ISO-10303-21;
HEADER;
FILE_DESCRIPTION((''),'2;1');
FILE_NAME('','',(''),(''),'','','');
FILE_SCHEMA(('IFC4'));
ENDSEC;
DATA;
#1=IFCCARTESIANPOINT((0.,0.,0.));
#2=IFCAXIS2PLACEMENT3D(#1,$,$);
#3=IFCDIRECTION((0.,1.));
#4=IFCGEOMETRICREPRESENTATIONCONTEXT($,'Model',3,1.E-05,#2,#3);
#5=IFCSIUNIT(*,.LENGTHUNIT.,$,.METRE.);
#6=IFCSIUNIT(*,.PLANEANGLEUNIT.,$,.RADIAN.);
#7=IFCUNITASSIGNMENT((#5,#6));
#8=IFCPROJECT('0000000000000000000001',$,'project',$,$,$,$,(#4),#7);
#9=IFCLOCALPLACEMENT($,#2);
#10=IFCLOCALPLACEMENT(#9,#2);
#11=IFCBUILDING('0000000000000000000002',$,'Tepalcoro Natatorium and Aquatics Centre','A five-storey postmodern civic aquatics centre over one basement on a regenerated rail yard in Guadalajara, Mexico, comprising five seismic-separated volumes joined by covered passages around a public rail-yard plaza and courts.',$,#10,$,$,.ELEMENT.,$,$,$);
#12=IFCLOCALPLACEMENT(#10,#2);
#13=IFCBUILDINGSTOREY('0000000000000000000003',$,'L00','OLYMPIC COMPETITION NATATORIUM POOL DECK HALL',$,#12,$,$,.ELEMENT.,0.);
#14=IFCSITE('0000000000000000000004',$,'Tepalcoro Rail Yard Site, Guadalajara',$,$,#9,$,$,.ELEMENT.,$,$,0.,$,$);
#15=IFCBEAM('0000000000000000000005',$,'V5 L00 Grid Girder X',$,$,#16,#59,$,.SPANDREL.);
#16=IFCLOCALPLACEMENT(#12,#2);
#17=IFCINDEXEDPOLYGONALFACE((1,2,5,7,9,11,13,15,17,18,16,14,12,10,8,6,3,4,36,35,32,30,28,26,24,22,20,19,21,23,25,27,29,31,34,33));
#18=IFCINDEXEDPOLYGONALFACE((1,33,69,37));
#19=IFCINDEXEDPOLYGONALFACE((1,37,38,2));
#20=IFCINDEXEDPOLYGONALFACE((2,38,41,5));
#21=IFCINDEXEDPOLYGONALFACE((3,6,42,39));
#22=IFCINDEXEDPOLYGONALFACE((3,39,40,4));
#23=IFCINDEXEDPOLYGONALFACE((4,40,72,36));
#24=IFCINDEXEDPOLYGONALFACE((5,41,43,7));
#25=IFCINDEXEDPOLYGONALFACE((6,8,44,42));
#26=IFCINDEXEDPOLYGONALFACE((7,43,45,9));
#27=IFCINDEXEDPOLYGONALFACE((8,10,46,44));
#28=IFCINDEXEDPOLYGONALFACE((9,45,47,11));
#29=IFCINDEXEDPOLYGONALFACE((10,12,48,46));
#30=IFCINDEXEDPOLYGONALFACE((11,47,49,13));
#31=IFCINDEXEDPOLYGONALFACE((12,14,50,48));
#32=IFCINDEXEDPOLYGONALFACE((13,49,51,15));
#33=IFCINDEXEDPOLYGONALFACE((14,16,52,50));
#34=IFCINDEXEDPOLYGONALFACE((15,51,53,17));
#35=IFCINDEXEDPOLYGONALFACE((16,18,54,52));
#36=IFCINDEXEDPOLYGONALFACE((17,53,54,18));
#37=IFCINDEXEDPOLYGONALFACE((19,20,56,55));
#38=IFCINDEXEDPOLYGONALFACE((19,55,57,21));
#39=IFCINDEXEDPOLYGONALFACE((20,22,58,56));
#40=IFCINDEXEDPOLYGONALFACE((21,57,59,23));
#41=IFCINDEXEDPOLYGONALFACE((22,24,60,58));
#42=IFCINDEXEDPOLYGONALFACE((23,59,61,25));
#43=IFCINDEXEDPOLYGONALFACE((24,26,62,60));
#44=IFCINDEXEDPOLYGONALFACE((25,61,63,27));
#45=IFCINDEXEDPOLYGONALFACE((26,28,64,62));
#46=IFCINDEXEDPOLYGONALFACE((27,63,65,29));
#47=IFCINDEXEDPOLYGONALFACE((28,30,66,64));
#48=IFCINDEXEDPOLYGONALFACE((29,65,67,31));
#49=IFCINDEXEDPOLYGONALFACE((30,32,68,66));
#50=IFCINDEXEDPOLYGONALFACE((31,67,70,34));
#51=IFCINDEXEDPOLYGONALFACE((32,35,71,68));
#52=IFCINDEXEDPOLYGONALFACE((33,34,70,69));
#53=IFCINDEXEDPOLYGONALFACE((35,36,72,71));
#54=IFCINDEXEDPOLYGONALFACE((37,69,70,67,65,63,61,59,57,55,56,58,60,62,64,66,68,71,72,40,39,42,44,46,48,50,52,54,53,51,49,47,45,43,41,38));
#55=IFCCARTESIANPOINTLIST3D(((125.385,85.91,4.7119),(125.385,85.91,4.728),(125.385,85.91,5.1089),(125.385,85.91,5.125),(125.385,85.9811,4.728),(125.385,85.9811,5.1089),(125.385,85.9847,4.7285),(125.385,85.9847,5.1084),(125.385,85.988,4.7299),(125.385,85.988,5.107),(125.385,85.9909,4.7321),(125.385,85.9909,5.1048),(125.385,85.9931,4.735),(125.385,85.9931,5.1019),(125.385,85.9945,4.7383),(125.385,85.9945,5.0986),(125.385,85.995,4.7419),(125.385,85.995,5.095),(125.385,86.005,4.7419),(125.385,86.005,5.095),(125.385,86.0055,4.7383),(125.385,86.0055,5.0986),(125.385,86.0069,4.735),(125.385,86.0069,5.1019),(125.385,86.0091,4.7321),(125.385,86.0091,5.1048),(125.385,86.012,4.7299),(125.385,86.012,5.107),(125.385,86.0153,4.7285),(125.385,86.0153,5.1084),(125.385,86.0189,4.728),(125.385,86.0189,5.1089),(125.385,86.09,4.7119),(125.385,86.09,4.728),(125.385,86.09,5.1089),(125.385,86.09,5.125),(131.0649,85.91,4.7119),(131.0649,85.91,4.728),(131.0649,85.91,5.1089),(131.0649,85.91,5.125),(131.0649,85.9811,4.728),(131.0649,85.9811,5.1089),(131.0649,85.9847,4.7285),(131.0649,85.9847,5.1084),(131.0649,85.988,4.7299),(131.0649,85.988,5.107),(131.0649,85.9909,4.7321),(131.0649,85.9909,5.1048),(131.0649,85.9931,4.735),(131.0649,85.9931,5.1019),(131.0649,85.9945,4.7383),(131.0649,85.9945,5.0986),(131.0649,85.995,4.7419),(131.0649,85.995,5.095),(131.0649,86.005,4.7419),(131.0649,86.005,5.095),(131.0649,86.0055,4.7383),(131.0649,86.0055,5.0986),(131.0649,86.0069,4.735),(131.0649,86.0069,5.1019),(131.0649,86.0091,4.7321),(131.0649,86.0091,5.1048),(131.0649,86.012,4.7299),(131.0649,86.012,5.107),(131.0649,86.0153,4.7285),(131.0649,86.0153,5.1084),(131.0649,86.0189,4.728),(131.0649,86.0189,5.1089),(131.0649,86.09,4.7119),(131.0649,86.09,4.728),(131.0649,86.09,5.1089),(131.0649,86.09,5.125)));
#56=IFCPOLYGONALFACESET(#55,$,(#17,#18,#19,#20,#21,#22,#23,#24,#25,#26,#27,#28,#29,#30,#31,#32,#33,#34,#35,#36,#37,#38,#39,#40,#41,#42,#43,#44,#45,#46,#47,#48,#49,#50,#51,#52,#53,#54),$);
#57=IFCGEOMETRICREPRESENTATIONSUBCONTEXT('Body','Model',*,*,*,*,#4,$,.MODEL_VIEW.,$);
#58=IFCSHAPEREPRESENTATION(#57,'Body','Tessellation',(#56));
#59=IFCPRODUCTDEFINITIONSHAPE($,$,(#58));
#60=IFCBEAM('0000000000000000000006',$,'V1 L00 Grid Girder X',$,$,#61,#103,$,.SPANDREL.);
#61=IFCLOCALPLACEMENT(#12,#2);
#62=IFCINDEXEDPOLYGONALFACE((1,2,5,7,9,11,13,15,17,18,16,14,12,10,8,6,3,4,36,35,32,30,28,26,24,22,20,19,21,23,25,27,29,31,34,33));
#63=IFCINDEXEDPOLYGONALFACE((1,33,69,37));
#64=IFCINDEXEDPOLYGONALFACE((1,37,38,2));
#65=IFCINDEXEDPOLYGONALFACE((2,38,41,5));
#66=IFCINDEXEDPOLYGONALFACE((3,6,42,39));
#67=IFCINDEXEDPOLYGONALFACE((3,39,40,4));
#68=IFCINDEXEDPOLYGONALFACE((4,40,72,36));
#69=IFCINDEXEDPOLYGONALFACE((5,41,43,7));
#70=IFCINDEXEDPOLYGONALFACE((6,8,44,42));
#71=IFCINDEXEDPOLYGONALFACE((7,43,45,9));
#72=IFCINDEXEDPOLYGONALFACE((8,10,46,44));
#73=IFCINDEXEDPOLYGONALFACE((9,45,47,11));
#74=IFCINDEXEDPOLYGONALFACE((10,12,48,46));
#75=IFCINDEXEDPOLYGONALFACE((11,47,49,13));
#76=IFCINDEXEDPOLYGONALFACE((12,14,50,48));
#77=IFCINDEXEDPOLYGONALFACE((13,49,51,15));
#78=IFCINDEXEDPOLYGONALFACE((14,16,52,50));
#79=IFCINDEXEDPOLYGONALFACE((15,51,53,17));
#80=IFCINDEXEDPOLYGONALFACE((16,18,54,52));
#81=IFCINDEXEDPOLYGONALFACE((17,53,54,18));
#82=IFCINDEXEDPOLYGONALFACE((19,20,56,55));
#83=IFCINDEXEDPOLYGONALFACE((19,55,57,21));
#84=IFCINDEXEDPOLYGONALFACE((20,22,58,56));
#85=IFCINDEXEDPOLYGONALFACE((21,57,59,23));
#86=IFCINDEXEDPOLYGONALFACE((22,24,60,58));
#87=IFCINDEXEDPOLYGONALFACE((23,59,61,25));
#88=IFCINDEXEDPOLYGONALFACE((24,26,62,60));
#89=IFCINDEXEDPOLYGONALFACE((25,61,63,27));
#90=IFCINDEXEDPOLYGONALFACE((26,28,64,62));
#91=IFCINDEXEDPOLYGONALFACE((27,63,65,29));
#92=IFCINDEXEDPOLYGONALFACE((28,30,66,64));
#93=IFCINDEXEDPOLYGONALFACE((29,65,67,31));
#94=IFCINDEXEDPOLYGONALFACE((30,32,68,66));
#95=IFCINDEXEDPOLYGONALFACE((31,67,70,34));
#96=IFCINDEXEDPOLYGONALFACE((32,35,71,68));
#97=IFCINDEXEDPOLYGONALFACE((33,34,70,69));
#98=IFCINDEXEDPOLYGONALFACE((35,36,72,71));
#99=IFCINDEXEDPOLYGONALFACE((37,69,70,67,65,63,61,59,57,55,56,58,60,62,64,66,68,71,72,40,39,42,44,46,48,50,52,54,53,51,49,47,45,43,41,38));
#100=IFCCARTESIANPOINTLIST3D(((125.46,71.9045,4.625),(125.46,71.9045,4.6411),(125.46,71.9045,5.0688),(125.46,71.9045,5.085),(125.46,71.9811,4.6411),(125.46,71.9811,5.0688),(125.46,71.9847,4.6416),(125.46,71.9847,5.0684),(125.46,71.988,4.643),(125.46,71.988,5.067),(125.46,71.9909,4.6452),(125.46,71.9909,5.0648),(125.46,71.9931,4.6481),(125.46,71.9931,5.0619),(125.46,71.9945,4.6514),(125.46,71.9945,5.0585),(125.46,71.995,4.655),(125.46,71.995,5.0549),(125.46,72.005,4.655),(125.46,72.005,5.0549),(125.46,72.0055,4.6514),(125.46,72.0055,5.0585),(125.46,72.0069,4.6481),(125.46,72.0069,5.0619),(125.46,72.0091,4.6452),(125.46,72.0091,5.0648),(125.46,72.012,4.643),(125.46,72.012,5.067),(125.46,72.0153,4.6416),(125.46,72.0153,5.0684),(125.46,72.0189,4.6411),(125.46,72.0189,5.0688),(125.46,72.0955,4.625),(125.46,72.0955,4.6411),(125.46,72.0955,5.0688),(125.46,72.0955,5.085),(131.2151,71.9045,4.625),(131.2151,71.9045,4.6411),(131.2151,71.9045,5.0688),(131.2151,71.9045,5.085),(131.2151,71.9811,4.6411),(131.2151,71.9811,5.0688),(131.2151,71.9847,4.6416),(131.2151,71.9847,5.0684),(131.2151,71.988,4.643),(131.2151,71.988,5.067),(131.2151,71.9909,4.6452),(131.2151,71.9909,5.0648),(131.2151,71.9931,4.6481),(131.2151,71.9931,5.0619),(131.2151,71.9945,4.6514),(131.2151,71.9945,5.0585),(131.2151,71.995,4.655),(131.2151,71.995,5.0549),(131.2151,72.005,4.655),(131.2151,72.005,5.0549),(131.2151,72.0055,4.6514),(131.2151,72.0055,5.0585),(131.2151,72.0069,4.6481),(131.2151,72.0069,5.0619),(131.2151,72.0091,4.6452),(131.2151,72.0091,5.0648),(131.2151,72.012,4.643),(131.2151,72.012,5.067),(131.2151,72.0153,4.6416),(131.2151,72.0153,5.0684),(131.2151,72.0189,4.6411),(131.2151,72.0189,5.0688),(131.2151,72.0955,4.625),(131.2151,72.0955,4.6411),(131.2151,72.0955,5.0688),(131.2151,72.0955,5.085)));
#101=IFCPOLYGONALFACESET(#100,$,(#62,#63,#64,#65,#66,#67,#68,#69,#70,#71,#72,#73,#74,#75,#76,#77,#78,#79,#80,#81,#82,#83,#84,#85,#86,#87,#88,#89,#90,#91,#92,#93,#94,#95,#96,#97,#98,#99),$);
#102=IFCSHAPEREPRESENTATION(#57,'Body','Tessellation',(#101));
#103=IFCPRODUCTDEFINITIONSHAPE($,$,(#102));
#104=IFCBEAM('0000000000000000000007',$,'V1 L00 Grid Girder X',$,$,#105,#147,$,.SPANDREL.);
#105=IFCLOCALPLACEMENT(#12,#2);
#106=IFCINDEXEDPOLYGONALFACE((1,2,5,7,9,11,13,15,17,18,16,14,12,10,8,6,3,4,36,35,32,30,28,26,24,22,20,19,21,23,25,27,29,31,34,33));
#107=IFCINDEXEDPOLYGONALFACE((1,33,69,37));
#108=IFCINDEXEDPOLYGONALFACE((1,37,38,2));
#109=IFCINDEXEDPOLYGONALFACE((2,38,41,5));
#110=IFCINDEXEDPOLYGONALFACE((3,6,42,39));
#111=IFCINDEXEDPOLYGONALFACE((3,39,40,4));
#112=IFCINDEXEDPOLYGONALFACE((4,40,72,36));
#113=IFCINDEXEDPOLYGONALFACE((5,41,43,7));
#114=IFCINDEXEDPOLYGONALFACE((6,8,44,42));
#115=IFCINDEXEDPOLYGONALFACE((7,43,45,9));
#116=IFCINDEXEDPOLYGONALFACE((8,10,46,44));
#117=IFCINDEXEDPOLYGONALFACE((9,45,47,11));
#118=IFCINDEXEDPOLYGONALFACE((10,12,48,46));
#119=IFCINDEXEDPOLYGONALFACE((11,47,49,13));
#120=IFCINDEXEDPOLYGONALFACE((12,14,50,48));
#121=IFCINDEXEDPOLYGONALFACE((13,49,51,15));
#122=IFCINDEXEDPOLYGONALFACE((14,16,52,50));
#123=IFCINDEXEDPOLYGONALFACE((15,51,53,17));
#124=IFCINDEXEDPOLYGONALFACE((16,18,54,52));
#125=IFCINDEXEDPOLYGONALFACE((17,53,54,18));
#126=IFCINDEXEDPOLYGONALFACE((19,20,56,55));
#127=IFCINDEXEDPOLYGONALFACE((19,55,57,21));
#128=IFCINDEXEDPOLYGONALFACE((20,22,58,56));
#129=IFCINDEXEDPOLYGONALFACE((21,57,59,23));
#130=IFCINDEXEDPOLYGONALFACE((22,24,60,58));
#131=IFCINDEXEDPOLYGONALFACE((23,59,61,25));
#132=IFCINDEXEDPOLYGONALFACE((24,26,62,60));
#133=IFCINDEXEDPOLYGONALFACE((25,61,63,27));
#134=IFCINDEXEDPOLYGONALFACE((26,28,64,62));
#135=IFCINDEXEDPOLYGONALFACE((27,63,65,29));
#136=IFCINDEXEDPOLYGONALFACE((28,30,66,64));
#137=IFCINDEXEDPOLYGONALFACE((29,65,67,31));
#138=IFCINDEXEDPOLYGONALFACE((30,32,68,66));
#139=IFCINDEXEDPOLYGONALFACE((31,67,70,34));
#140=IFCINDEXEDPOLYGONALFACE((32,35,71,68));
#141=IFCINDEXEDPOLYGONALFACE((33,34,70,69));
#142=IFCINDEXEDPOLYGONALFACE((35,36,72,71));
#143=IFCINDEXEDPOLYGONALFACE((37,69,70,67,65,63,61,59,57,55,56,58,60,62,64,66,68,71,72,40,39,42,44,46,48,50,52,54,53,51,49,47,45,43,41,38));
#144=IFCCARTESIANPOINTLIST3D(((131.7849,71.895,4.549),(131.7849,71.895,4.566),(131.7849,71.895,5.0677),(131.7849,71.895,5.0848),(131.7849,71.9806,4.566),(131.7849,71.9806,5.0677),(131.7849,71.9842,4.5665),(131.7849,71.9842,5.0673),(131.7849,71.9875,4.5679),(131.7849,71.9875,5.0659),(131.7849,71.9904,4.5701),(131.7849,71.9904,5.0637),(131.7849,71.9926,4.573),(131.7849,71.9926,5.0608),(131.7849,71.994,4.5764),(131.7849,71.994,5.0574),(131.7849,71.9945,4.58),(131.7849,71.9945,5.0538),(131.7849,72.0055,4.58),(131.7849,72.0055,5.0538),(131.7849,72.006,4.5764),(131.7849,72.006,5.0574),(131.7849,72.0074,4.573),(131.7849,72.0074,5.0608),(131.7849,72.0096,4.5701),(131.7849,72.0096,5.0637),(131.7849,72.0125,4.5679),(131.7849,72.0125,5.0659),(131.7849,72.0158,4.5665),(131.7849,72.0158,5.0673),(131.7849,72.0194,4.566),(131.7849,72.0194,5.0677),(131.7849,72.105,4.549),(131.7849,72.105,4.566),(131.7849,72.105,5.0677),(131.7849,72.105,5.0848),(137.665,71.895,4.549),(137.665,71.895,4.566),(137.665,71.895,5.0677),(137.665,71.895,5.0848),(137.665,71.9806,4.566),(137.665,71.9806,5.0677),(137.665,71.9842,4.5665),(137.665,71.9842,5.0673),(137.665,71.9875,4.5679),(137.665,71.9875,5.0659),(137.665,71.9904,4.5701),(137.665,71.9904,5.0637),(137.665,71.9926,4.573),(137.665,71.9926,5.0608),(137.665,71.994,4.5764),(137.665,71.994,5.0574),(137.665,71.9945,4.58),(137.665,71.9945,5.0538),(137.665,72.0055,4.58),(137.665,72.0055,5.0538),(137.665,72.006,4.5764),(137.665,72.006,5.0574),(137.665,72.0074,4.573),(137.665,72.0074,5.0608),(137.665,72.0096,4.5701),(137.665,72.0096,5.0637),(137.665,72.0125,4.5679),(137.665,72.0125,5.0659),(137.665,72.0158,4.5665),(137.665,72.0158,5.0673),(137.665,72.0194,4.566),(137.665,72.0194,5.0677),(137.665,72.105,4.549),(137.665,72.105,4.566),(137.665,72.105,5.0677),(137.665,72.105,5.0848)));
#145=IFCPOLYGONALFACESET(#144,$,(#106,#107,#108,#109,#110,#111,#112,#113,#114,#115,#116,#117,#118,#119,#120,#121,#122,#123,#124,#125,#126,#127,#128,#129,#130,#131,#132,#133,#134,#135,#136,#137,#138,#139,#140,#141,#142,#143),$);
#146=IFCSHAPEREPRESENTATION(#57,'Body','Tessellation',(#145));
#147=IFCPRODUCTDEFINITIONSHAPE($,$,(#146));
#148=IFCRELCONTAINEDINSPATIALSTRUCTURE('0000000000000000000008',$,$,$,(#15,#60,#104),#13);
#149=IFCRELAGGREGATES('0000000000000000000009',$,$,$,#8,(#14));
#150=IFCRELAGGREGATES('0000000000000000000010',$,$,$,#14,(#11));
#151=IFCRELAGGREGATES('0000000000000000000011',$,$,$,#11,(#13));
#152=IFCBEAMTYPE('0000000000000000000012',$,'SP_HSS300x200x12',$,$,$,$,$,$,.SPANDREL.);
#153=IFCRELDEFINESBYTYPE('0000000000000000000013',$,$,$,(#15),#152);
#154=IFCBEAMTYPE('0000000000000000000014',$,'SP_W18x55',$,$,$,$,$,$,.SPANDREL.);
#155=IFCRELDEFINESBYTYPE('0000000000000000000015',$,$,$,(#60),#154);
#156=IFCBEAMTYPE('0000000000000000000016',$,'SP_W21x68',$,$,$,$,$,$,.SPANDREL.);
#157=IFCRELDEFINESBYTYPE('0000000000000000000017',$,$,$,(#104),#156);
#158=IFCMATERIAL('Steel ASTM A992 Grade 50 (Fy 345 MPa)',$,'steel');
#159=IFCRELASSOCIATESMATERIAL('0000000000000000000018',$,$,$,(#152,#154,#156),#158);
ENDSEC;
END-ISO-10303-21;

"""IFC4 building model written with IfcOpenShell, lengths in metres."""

from ifc_helpers import new_model, si_unit, direction, frame, origin, origin_2d, place, context, subcontext, project, spatial, i_section, extrude, material, material_profile, profile_set, type_object, element, save


model = new_model("IFC4")

# Units and contexts
model_context = context("Model", 3, precision=1e-05, world=origin(), true_north=direction((0.0, 1.0)))
body_context = subcontext(model_context, "Body", "Model", "MODEL_VIEW")
ifc_project = project(units=[si_unit("LENGTHUNIT", "METRE"), si_unit("PLANEANGLEUNIT", "RADIAN")], contexts=[model_context])

# Site, building, storey
site_placement = place(None, origin())
site = spatial("IfcSite", under=ifc_project, at=site_placement, Name="Tepalcoro Rail Yard Site, Guadalajara", CompositionType="ELEMENT", RefElevation=0.0)
building_placement = place(site_placement, origin())
building = spatial("IfcBuilding", under=site, at=building_placement, Name="Tepalcoro Natatorium and Aquatics Centre", Description="A five-storey postmodern civic aquatics centre over one basement on a regenerated rail yard in Guadalajara, Mexico, comprising five seismic-separated volumes joined by covered passages around a public rail-yard plaza and courts.", CompositionType="ELEMENT")
storey_placement = place(building_placement, origin())
storey = spatial("IfcBuildingStorey", under=building, at=storey_placement, Name="L00", Description="OLYMPIC COMPETITION NATATORIUM POOL DECK HALL", CompositionType="ELEMENT", Elevation=0.0)

# Shared definitions
ifc_material_1 = material(Name="Steel ASTM A992 Grade 50 (Fy 345 MPa)", Category="steel")

# Beams
ifc_material_profile_1 = material_profile(ifc_material_1, i_section(OverallWidth=0.1799, OverallDepth=0.4131, WebThickness=0.01, FlangeThickness=0.0161, FilletRadius=0.0139, at=origin_2d()), Name="W16X50")
ifc_profile_set_1 = profile_set([ifc_material_profile_1], Name="Steel ASTM A992 Grade 50 (Fy 345 MPa)")
beam_type_1 = type_object("IfcBeamType", Name="SP_HSS300x200x12", PredefinedType="SPANDREL", material=ifc_profile_set_1)
beam_1_placement = place(storey_placement, frame((125.385, 86.0, 4.9185), z_axis=(1.0, 0.0, 0.0), x_axis=(0.0, 1.0, 0.0)))
element("IfcBeam", 1, at=beam_1_placement, inside=storey, type_object=beam_type_1, Name="V5 L00 Grid Girder X", PredefinedType="SPANDREL", context=body_context, shape_type="SweptSolid", body=[
    extrude(i_section(OverallWidth=0.1799, OverallDepth=0.4131, WebThickness=0.01, FlangeThickness=0.0161, FilletRadius=0.0139, at=origin_2d()), origin(), (0.0, 0.0, 1.0), 5.6799),
])
ifc_material_profile_2 = material_profile(ifc_material_1, i_section(OverallWidth=0.1909, OverallDepth=0.46, WebThickness=0.01, FlangeThickness=0.0161, FilletRadius=0.0139, at=origin_2d()), Name="W18X55")
ifc_profile_set_2 = profile_set([ifc_material_profile_2], Name="Steel ASTM A992 Grade 50 (Fy 345 MPa)")
beam_type_2 = type_object("IfcBeamType", Name="SP_W18x55", PredefinedType="SPANDREL", material=ifc_profile_set_2)
beam_2_placement = place(storey_placement, frame((125.46, 72.0, 4.855), z_axis=(1.0, 0.0, 0.0), x_axis=(0.0, 1.0, 0.0)))
element("IfcBeam", 2, at=beam_2_placement, inside=storey, type_object=beam_type_2, Name="V1 L00 Grid Girder X", PredefinedType="SPANDREL", context=body_context, shape_type="SweptSolid", body=[
    extrude(i_section(OverallWidth=0.1909, OverallDepth=0.46, WebThickness=0.01, FlangeThickness=0.0161, FilletRadius=0.0139, at=origin_2d()), origin(), (0.0, 0.0, 1.0), 5.7551),
])
ifc_material_profile_3 = material_profile(ifc_material_1, i_section(OverallWidth=0.21, OverallDepth=0.5359, WebThickness=0.011, FlangeThickness=0.0171, FilletRadius=0.0139, at=origin_2d()), Name="W21X68")
ifc_profile_set_3 = profile_set([ifc_material_profile_3], Name="Steel ASTM A992 Grade 50 (Fy 345 MPa)")
beam_type_3 = type_object("IfcBeamType", Name="SP_W21x68", PredefinedType="SPANDREL", material=ifc_profile_set_3)
beam_3_placement = place(storey_placement, frame((131.7849, 72.0, 4.8169), z_axis=(1.0, 0.0, 0.0), x_axis=(0.0, 1.0, 0.0)))
element("IfcBeam", 3, at=beam_3_placement, inside=storey, type_object=beam_type_3, Name="V1 L00 Grid Girder X", PredefinedType="SPANDREL", context=body_context, shape_type="SweptSolid", body=[
    extrude(i_section(OverallWidth=0.21, OverallDepth=0.5359, WebThickness=0.011, FlangeThickness=0.0171, FilletRadius=0.0139, at=origin_2d()), origin(), (0.0, 0.0, 1.0), 5.8801),
])

save(model, "model.ifc")
